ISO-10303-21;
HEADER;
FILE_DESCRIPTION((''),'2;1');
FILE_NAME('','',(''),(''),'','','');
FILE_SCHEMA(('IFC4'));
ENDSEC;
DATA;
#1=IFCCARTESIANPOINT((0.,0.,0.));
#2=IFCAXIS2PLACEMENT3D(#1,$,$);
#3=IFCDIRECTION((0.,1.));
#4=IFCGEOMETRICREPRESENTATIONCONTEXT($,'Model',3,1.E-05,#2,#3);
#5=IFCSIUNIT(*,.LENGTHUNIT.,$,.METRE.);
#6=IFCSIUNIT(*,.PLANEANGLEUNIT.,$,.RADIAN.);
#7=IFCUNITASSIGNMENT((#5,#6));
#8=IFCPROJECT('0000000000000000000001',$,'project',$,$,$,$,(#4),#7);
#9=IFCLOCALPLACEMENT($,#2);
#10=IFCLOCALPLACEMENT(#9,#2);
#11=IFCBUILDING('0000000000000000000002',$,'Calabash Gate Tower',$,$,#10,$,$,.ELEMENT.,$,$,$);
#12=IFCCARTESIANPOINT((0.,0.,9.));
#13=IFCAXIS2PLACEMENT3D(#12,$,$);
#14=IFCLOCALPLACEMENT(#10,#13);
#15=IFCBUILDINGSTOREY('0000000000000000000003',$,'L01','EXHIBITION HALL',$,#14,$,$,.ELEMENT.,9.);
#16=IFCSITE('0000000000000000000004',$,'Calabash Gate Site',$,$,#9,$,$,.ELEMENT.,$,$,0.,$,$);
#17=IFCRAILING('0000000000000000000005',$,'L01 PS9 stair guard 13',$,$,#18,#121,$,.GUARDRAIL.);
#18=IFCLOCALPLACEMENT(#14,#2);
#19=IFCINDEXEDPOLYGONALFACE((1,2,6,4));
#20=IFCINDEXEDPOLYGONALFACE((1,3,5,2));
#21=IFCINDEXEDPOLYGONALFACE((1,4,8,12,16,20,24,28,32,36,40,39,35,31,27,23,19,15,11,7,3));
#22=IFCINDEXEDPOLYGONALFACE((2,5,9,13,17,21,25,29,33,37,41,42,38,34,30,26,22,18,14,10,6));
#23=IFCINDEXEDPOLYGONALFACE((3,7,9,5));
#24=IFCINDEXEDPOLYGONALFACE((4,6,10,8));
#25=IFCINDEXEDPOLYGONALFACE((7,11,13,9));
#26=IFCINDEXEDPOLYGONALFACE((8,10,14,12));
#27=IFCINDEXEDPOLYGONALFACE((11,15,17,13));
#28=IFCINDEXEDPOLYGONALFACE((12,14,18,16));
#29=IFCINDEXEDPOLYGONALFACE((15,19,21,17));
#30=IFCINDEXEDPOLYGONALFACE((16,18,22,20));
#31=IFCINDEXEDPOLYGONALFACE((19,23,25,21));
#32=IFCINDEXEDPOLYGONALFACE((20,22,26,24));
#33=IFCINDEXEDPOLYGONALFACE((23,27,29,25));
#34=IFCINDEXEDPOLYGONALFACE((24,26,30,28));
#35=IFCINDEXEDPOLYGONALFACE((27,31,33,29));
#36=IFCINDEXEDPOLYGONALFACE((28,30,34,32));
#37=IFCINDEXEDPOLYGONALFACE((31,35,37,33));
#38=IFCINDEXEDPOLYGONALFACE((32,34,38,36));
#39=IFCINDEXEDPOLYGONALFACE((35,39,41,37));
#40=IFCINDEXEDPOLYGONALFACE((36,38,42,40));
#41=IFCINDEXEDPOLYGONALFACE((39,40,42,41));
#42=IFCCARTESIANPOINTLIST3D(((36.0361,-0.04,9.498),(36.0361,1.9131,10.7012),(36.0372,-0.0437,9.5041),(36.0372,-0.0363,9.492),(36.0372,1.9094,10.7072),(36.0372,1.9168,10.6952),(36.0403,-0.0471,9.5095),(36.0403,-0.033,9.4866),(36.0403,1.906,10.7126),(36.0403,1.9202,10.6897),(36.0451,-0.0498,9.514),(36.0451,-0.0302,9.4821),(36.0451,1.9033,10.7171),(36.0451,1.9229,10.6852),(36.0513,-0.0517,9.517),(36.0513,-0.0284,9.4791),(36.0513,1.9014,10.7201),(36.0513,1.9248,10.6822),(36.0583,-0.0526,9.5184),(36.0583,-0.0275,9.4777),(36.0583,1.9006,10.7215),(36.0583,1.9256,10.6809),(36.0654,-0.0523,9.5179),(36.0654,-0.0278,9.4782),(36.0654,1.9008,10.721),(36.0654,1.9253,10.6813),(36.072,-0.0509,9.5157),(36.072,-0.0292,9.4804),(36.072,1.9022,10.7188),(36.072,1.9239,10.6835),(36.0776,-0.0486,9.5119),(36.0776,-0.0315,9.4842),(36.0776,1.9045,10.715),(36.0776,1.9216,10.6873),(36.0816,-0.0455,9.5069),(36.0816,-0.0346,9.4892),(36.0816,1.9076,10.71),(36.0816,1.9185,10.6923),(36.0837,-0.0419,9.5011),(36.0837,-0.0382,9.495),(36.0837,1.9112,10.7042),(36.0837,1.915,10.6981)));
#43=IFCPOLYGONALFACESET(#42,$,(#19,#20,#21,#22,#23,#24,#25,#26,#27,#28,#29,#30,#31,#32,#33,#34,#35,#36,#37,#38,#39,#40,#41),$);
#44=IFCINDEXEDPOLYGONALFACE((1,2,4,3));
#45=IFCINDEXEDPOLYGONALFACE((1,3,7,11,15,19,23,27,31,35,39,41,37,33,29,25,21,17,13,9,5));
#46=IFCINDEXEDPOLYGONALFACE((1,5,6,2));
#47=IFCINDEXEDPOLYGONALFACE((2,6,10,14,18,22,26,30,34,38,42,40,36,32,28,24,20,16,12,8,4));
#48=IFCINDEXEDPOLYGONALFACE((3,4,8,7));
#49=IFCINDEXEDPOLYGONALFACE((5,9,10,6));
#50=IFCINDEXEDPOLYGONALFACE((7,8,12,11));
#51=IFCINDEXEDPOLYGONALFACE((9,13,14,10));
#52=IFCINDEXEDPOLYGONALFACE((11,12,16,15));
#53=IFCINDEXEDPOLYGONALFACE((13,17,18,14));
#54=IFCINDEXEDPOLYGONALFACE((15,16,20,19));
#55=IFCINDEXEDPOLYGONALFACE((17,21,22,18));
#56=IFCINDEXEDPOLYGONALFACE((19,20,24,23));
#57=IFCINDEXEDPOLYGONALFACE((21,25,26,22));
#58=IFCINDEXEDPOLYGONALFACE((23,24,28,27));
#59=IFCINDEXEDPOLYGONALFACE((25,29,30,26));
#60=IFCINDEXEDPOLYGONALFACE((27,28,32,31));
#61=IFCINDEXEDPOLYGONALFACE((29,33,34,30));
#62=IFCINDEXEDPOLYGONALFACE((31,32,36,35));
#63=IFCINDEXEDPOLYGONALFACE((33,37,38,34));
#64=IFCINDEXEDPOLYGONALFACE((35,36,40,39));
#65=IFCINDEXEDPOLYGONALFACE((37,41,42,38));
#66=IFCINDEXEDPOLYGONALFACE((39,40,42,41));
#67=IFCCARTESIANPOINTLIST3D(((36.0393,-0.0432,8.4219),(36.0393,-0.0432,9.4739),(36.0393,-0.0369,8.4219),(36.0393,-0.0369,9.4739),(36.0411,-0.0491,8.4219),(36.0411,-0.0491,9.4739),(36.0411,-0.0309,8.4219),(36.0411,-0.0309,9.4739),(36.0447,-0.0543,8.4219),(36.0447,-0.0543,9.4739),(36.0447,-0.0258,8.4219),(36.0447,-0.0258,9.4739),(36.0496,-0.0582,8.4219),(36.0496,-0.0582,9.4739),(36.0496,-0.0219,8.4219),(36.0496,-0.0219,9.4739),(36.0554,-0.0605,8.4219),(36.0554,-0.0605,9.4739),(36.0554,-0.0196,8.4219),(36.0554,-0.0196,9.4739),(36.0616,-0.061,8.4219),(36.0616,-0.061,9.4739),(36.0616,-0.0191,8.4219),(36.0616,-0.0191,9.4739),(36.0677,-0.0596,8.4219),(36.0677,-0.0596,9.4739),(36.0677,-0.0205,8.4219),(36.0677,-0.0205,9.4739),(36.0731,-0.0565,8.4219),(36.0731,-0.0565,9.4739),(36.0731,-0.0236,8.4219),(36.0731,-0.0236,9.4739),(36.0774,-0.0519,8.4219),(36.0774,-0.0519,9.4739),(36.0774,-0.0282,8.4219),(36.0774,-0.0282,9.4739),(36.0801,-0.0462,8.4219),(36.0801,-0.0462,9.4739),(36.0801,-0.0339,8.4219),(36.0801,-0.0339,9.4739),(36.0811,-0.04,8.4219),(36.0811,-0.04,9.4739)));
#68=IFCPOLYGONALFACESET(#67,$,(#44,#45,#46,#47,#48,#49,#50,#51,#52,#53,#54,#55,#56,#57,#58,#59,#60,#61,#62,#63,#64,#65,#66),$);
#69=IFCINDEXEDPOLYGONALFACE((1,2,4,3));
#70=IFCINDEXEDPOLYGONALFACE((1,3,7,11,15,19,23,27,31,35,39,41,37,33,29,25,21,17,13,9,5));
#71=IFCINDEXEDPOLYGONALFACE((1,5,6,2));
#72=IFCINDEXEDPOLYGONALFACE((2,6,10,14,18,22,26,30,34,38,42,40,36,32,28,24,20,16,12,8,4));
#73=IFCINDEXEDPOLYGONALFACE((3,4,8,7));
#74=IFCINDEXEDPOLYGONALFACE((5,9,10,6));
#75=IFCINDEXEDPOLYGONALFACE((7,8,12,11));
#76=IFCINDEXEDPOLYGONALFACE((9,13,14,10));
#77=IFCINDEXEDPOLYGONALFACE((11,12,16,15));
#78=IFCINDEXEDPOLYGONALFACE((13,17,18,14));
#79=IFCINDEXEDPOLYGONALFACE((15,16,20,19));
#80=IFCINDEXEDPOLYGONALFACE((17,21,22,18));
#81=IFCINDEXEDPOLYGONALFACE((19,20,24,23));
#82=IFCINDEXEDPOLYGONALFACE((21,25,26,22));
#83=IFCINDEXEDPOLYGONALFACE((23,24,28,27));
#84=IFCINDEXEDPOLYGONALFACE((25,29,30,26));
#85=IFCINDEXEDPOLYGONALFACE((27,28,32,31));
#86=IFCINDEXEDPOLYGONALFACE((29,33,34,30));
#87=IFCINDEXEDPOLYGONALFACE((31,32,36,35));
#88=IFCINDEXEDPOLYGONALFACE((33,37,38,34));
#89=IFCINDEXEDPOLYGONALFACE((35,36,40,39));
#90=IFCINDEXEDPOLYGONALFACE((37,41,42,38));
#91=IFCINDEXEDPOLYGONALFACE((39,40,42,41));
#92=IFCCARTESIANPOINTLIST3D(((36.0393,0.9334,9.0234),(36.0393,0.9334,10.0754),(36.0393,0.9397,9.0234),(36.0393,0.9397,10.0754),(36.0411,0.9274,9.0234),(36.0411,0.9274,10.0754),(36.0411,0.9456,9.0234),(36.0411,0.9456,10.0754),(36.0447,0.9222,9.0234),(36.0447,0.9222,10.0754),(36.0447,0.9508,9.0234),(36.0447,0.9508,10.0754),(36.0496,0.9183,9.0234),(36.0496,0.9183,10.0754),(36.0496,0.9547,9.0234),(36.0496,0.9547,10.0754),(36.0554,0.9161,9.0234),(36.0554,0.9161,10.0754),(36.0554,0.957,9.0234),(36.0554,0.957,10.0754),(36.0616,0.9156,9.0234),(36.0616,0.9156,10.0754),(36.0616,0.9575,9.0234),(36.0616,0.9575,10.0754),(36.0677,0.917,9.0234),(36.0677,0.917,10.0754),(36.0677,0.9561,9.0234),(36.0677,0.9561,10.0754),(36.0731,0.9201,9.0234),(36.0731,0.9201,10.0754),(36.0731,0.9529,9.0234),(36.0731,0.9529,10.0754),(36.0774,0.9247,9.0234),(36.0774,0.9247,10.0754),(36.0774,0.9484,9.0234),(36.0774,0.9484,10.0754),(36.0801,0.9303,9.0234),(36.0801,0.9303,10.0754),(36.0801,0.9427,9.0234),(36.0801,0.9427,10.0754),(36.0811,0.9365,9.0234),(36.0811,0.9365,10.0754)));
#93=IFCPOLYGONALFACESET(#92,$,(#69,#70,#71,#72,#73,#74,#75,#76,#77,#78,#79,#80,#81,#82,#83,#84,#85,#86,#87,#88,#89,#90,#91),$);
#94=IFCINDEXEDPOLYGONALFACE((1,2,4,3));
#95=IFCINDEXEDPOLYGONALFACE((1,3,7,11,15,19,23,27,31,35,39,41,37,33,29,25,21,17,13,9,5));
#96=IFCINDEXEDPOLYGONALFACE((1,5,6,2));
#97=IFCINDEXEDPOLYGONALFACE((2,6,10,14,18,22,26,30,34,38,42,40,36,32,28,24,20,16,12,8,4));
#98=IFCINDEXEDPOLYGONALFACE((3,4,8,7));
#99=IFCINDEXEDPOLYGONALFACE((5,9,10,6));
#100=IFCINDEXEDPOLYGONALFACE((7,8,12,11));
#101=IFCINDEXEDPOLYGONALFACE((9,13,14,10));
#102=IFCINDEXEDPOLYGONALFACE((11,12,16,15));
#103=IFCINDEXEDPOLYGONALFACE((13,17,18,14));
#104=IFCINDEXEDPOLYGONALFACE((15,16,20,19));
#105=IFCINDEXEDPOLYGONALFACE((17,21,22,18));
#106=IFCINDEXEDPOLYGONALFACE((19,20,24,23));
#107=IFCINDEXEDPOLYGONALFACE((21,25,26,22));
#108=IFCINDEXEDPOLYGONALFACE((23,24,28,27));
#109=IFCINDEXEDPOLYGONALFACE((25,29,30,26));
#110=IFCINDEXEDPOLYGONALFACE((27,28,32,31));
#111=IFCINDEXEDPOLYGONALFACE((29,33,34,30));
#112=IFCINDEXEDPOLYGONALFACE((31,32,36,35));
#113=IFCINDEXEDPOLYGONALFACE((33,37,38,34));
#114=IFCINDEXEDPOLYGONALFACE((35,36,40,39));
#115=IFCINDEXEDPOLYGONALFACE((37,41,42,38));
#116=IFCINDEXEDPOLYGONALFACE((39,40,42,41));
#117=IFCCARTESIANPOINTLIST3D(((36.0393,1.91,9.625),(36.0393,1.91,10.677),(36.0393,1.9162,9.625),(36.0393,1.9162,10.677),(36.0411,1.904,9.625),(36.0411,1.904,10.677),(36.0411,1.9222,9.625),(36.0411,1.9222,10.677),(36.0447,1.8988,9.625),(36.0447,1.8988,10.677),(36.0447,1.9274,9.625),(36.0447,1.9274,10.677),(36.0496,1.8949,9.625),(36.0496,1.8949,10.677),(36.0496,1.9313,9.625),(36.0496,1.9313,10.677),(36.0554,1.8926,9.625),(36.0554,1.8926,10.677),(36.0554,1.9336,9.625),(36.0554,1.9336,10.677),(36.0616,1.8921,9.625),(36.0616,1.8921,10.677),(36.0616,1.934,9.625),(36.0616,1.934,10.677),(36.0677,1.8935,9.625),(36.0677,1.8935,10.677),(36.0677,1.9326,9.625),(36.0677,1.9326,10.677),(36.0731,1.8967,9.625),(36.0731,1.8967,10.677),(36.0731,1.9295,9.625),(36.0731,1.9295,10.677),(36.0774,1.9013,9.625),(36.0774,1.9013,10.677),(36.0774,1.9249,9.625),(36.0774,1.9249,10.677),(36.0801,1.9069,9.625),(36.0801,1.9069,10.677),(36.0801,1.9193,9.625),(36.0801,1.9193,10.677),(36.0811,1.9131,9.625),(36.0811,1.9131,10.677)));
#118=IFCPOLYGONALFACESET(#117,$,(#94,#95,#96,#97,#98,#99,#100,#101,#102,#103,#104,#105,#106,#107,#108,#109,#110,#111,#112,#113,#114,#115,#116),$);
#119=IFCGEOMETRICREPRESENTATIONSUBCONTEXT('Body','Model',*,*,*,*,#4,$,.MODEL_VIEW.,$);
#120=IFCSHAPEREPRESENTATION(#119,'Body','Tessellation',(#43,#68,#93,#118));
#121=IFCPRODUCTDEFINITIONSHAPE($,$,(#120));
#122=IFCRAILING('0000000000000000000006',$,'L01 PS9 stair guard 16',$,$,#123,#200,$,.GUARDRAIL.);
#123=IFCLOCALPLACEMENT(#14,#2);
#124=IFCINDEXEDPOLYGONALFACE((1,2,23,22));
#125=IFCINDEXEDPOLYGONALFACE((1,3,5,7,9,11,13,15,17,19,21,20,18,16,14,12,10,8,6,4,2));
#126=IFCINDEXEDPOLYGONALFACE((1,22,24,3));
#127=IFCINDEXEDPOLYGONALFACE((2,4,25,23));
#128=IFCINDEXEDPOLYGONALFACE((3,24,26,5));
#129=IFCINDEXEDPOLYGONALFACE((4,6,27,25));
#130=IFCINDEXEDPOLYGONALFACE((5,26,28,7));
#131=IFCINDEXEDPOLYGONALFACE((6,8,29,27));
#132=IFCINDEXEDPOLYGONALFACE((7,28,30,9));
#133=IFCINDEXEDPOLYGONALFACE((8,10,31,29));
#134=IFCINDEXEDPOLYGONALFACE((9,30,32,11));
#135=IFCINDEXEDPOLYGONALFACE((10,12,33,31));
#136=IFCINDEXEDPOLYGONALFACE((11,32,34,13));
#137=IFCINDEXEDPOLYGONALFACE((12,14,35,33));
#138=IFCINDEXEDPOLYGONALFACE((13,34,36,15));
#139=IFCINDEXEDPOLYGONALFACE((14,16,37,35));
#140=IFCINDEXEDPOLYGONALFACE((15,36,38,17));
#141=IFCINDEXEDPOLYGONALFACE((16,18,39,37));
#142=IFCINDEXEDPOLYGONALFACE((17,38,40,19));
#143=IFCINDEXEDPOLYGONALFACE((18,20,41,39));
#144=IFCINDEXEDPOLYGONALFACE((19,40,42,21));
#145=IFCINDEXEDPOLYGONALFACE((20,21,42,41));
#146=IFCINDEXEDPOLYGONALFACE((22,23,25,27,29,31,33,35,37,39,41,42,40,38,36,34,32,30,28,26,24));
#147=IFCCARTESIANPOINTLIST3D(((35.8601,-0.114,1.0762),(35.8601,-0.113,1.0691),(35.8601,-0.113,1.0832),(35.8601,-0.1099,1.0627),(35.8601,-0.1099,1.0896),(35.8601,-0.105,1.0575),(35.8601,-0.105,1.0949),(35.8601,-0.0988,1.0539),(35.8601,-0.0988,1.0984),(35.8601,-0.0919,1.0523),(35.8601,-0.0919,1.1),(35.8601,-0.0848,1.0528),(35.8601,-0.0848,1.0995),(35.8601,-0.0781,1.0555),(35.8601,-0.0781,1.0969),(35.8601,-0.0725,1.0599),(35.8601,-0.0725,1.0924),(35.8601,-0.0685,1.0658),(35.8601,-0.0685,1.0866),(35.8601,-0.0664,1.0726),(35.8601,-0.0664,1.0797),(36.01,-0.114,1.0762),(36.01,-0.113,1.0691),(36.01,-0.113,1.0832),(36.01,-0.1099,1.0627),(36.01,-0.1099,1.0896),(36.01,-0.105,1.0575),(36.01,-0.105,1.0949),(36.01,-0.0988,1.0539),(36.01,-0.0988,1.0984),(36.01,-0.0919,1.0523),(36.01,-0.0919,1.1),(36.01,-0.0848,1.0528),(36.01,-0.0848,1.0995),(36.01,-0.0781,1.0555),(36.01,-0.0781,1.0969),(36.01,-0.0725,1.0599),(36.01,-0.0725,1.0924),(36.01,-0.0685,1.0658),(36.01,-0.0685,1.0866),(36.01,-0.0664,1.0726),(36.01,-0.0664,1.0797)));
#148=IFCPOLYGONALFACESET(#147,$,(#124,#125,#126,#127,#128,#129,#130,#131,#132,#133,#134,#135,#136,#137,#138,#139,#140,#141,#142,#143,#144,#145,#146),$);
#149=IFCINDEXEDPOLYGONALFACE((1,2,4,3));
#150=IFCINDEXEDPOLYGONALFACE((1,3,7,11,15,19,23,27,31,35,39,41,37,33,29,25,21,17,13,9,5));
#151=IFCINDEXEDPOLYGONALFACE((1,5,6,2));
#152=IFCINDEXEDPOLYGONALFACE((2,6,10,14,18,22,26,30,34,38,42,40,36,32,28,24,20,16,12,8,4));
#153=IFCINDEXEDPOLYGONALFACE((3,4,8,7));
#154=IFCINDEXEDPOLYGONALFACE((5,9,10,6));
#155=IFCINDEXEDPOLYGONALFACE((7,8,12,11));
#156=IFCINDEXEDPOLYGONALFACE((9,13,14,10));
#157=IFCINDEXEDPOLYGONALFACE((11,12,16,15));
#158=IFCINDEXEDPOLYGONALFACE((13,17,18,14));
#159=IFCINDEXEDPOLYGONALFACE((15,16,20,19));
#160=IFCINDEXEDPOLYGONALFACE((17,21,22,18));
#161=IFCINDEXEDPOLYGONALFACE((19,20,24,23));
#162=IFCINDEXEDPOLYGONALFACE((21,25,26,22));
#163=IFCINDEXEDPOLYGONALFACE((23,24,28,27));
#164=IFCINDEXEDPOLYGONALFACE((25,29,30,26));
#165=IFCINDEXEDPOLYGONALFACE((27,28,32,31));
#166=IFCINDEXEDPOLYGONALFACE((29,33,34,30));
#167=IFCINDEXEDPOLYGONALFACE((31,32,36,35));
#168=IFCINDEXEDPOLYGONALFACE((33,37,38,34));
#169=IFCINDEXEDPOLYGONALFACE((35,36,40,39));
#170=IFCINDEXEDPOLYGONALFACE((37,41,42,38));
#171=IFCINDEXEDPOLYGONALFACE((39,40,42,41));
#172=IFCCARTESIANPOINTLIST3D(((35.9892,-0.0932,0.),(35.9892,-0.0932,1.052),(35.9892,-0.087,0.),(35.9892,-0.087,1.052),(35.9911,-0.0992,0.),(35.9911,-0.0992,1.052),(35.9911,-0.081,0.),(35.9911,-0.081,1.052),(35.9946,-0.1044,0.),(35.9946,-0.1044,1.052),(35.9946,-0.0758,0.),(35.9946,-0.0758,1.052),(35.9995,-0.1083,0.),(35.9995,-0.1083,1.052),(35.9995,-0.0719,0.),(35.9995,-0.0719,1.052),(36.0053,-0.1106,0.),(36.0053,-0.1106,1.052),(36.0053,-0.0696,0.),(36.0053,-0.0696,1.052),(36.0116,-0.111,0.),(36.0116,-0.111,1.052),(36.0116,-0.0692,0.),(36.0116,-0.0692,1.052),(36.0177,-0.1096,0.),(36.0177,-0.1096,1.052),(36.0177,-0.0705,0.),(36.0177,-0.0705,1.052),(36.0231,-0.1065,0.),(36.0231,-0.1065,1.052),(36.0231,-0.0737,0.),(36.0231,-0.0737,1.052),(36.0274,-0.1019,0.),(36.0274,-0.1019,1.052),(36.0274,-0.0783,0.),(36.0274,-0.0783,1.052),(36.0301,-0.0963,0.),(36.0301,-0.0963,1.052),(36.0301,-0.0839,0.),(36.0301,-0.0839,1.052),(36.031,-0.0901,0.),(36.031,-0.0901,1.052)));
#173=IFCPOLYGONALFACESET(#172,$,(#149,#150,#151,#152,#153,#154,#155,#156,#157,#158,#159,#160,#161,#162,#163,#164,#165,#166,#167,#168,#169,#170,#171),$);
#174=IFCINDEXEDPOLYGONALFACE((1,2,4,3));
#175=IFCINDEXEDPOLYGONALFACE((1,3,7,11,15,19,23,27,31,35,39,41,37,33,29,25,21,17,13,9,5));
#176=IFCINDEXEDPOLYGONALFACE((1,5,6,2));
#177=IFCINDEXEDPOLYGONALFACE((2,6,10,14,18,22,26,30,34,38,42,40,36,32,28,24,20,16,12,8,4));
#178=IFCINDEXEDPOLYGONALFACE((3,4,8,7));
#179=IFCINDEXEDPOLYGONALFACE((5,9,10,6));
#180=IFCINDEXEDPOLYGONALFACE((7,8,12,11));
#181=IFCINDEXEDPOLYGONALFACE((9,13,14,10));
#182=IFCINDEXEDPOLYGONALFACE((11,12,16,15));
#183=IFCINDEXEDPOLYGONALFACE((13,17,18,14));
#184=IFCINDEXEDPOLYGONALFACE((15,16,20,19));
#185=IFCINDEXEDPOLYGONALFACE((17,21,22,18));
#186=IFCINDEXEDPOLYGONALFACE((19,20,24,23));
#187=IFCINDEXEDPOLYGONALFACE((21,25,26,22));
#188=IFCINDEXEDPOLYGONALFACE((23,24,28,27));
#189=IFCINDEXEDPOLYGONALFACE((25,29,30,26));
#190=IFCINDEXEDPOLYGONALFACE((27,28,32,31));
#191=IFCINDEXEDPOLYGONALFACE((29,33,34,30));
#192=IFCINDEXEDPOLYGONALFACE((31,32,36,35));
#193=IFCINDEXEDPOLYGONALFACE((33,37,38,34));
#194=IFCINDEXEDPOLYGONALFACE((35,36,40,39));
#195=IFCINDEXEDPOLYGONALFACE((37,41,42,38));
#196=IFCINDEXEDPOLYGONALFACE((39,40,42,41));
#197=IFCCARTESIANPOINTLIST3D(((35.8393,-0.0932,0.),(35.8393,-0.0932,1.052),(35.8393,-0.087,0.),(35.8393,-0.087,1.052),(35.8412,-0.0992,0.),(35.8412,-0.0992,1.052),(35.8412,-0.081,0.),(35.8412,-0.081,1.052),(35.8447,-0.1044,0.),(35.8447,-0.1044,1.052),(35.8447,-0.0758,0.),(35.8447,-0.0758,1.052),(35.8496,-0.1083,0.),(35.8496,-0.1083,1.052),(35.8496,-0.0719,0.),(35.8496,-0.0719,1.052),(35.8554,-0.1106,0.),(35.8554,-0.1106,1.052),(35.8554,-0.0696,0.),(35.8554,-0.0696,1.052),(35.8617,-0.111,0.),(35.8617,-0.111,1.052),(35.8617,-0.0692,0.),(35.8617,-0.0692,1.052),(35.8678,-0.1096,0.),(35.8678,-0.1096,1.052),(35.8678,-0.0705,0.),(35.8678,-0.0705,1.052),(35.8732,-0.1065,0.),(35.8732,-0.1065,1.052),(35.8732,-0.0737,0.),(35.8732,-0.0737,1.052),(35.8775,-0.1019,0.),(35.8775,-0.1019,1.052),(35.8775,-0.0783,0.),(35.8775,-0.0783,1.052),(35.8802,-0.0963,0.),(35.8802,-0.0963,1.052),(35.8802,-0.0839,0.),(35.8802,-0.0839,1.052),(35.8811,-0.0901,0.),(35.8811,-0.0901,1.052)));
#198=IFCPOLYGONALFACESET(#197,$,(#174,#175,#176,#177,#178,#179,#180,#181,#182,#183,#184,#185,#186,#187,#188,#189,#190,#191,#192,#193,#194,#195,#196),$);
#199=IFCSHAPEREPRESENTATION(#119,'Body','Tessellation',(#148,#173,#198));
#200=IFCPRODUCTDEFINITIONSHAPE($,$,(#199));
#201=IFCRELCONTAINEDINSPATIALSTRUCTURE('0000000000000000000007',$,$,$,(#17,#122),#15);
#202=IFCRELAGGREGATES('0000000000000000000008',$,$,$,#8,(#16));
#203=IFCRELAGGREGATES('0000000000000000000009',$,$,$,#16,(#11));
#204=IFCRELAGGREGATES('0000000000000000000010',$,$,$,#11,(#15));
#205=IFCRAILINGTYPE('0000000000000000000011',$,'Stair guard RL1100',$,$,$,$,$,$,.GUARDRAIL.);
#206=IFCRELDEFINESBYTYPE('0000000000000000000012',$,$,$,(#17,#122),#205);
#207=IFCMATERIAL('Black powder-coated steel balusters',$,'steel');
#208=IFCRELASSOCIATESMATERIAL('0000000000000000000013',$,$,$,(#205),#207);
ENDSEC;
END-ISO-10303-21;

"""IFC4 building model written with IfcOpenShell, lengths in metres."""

from ifc_helpers import new_model, si_unit, direction, frame, origin, origin_2d, place, context, subcontext, project, spatial, circle, extrude, material, type_object, element, save


model = new_model("IFC4")

# Units and contexts
model_context = context("Model", 3, precision=1e-05, world=origin(), true_north=direction((0.0, 1.0)))
body_context = subcontext(model_context, "Body", "Model", "MODEL_VIEW")
ifc_project = project(units=[si_unit("LENGTHUNIT", "METRE"), si_unit("PLANEANGLEUNIT", "RADIAN")], contexts=[model_context])

# Site, building, storey
site_placement = place(None, origin())
site = spatial("IfcSite", under=ifc_project, at=site_placement, Name="Calabash Gate Site", CompositionType="ELEMENT", RefElevation=0.0)
building_placement = place(site_placement, origin())
building = spatial("IfcBuilding", under=site, at=building_placement, Name="Calabash Gate Tower", CompositionType="ELEMENT")
storey_placement = place(building_placement, frame((0.0, 0.0, 9.0)))
storey = spatial("IfcBuildingStorey", under=building, at=storey_placement, Name="L01", Description="EXHIBITION HALL", CompositionType="ELEMENT", Elevation=9.0)

# Railings
ifc_material_1 = material(Name="Black powder-coated steel balusters", Category="steel")
railing_type_1 = type_object("IfcRailingType", Name="Stair guard RL1100", PredefinedType="GUARDRAIL", material=ifc_material_1)
railing_1_placement = place(storey_placement, frame((36.0601, -0.04, 8.4219)))
element("IfcRailing", 1, at=railing_1_placement, inside=storey, type_object=railing_type_1, Name="L01 PS9 stair guard 13", PredefinedType="GUARDRAIL", context=body_context, shape_type="SweptSolid", body=[
    extrude(circle(Radius=0.0239, at=origin_2d()), frame((0.0, 0.0, 1.0762), z_axis=(0.0, 0.851424, 0.524477), x_axis=(-1.0, 0.0, 0.0)), (0.0, 0.0, 1.0), 2.2939),
    extrude(circle(Radius=0.021, at=origin_2d()), origin(), (0.0, 0.0, 1.0), 1.052),
    extrude(circle(Radius=0.021, at=origin_2d()), frame((0.0, 0.9766, 0.6016)), (0.0, 0.0, 1.0), 1.052),
    extrude(circle(Radius=0.021, at=origin_2d()), frame((0.0, 1.9531, 1.2031)), (0.0, 0.0, 1.0), 1.052),
])
railing_2_placement = place(storey_placement, frame((36.01, -0.0901, 0.0)))
element("IfcRailing", 2, at=railing_2_placement, inside=storey, type_object=railing_type_1, Name="L01 PS9 stair guard 16", PredefinedType="GUARDRAIL", context=body_context, shape_type="SweptSolid", body=[
    extrude(circle(Radius=0.0239, at=origin_2d()), frame((0.0, 0.0, 1.0762), z_axis=(-1.0, 0.0, 0.0), x_axis=(0.0, -1.0, 0.0)), (0.0, 0.0, 1.0), 0.1499),
    extrude(circle(Radius=0.021, at=origin_2d()), origin(), (0.0, 0.0, 1.0), 1.052),
    extrude(circle(Radius=0.021, at=origin_2d()), frame((-0.1499, 0.0, 0.0)), (0.0, 0.0, 1.0), 1.052),
])

save(model, "model.ifc")
